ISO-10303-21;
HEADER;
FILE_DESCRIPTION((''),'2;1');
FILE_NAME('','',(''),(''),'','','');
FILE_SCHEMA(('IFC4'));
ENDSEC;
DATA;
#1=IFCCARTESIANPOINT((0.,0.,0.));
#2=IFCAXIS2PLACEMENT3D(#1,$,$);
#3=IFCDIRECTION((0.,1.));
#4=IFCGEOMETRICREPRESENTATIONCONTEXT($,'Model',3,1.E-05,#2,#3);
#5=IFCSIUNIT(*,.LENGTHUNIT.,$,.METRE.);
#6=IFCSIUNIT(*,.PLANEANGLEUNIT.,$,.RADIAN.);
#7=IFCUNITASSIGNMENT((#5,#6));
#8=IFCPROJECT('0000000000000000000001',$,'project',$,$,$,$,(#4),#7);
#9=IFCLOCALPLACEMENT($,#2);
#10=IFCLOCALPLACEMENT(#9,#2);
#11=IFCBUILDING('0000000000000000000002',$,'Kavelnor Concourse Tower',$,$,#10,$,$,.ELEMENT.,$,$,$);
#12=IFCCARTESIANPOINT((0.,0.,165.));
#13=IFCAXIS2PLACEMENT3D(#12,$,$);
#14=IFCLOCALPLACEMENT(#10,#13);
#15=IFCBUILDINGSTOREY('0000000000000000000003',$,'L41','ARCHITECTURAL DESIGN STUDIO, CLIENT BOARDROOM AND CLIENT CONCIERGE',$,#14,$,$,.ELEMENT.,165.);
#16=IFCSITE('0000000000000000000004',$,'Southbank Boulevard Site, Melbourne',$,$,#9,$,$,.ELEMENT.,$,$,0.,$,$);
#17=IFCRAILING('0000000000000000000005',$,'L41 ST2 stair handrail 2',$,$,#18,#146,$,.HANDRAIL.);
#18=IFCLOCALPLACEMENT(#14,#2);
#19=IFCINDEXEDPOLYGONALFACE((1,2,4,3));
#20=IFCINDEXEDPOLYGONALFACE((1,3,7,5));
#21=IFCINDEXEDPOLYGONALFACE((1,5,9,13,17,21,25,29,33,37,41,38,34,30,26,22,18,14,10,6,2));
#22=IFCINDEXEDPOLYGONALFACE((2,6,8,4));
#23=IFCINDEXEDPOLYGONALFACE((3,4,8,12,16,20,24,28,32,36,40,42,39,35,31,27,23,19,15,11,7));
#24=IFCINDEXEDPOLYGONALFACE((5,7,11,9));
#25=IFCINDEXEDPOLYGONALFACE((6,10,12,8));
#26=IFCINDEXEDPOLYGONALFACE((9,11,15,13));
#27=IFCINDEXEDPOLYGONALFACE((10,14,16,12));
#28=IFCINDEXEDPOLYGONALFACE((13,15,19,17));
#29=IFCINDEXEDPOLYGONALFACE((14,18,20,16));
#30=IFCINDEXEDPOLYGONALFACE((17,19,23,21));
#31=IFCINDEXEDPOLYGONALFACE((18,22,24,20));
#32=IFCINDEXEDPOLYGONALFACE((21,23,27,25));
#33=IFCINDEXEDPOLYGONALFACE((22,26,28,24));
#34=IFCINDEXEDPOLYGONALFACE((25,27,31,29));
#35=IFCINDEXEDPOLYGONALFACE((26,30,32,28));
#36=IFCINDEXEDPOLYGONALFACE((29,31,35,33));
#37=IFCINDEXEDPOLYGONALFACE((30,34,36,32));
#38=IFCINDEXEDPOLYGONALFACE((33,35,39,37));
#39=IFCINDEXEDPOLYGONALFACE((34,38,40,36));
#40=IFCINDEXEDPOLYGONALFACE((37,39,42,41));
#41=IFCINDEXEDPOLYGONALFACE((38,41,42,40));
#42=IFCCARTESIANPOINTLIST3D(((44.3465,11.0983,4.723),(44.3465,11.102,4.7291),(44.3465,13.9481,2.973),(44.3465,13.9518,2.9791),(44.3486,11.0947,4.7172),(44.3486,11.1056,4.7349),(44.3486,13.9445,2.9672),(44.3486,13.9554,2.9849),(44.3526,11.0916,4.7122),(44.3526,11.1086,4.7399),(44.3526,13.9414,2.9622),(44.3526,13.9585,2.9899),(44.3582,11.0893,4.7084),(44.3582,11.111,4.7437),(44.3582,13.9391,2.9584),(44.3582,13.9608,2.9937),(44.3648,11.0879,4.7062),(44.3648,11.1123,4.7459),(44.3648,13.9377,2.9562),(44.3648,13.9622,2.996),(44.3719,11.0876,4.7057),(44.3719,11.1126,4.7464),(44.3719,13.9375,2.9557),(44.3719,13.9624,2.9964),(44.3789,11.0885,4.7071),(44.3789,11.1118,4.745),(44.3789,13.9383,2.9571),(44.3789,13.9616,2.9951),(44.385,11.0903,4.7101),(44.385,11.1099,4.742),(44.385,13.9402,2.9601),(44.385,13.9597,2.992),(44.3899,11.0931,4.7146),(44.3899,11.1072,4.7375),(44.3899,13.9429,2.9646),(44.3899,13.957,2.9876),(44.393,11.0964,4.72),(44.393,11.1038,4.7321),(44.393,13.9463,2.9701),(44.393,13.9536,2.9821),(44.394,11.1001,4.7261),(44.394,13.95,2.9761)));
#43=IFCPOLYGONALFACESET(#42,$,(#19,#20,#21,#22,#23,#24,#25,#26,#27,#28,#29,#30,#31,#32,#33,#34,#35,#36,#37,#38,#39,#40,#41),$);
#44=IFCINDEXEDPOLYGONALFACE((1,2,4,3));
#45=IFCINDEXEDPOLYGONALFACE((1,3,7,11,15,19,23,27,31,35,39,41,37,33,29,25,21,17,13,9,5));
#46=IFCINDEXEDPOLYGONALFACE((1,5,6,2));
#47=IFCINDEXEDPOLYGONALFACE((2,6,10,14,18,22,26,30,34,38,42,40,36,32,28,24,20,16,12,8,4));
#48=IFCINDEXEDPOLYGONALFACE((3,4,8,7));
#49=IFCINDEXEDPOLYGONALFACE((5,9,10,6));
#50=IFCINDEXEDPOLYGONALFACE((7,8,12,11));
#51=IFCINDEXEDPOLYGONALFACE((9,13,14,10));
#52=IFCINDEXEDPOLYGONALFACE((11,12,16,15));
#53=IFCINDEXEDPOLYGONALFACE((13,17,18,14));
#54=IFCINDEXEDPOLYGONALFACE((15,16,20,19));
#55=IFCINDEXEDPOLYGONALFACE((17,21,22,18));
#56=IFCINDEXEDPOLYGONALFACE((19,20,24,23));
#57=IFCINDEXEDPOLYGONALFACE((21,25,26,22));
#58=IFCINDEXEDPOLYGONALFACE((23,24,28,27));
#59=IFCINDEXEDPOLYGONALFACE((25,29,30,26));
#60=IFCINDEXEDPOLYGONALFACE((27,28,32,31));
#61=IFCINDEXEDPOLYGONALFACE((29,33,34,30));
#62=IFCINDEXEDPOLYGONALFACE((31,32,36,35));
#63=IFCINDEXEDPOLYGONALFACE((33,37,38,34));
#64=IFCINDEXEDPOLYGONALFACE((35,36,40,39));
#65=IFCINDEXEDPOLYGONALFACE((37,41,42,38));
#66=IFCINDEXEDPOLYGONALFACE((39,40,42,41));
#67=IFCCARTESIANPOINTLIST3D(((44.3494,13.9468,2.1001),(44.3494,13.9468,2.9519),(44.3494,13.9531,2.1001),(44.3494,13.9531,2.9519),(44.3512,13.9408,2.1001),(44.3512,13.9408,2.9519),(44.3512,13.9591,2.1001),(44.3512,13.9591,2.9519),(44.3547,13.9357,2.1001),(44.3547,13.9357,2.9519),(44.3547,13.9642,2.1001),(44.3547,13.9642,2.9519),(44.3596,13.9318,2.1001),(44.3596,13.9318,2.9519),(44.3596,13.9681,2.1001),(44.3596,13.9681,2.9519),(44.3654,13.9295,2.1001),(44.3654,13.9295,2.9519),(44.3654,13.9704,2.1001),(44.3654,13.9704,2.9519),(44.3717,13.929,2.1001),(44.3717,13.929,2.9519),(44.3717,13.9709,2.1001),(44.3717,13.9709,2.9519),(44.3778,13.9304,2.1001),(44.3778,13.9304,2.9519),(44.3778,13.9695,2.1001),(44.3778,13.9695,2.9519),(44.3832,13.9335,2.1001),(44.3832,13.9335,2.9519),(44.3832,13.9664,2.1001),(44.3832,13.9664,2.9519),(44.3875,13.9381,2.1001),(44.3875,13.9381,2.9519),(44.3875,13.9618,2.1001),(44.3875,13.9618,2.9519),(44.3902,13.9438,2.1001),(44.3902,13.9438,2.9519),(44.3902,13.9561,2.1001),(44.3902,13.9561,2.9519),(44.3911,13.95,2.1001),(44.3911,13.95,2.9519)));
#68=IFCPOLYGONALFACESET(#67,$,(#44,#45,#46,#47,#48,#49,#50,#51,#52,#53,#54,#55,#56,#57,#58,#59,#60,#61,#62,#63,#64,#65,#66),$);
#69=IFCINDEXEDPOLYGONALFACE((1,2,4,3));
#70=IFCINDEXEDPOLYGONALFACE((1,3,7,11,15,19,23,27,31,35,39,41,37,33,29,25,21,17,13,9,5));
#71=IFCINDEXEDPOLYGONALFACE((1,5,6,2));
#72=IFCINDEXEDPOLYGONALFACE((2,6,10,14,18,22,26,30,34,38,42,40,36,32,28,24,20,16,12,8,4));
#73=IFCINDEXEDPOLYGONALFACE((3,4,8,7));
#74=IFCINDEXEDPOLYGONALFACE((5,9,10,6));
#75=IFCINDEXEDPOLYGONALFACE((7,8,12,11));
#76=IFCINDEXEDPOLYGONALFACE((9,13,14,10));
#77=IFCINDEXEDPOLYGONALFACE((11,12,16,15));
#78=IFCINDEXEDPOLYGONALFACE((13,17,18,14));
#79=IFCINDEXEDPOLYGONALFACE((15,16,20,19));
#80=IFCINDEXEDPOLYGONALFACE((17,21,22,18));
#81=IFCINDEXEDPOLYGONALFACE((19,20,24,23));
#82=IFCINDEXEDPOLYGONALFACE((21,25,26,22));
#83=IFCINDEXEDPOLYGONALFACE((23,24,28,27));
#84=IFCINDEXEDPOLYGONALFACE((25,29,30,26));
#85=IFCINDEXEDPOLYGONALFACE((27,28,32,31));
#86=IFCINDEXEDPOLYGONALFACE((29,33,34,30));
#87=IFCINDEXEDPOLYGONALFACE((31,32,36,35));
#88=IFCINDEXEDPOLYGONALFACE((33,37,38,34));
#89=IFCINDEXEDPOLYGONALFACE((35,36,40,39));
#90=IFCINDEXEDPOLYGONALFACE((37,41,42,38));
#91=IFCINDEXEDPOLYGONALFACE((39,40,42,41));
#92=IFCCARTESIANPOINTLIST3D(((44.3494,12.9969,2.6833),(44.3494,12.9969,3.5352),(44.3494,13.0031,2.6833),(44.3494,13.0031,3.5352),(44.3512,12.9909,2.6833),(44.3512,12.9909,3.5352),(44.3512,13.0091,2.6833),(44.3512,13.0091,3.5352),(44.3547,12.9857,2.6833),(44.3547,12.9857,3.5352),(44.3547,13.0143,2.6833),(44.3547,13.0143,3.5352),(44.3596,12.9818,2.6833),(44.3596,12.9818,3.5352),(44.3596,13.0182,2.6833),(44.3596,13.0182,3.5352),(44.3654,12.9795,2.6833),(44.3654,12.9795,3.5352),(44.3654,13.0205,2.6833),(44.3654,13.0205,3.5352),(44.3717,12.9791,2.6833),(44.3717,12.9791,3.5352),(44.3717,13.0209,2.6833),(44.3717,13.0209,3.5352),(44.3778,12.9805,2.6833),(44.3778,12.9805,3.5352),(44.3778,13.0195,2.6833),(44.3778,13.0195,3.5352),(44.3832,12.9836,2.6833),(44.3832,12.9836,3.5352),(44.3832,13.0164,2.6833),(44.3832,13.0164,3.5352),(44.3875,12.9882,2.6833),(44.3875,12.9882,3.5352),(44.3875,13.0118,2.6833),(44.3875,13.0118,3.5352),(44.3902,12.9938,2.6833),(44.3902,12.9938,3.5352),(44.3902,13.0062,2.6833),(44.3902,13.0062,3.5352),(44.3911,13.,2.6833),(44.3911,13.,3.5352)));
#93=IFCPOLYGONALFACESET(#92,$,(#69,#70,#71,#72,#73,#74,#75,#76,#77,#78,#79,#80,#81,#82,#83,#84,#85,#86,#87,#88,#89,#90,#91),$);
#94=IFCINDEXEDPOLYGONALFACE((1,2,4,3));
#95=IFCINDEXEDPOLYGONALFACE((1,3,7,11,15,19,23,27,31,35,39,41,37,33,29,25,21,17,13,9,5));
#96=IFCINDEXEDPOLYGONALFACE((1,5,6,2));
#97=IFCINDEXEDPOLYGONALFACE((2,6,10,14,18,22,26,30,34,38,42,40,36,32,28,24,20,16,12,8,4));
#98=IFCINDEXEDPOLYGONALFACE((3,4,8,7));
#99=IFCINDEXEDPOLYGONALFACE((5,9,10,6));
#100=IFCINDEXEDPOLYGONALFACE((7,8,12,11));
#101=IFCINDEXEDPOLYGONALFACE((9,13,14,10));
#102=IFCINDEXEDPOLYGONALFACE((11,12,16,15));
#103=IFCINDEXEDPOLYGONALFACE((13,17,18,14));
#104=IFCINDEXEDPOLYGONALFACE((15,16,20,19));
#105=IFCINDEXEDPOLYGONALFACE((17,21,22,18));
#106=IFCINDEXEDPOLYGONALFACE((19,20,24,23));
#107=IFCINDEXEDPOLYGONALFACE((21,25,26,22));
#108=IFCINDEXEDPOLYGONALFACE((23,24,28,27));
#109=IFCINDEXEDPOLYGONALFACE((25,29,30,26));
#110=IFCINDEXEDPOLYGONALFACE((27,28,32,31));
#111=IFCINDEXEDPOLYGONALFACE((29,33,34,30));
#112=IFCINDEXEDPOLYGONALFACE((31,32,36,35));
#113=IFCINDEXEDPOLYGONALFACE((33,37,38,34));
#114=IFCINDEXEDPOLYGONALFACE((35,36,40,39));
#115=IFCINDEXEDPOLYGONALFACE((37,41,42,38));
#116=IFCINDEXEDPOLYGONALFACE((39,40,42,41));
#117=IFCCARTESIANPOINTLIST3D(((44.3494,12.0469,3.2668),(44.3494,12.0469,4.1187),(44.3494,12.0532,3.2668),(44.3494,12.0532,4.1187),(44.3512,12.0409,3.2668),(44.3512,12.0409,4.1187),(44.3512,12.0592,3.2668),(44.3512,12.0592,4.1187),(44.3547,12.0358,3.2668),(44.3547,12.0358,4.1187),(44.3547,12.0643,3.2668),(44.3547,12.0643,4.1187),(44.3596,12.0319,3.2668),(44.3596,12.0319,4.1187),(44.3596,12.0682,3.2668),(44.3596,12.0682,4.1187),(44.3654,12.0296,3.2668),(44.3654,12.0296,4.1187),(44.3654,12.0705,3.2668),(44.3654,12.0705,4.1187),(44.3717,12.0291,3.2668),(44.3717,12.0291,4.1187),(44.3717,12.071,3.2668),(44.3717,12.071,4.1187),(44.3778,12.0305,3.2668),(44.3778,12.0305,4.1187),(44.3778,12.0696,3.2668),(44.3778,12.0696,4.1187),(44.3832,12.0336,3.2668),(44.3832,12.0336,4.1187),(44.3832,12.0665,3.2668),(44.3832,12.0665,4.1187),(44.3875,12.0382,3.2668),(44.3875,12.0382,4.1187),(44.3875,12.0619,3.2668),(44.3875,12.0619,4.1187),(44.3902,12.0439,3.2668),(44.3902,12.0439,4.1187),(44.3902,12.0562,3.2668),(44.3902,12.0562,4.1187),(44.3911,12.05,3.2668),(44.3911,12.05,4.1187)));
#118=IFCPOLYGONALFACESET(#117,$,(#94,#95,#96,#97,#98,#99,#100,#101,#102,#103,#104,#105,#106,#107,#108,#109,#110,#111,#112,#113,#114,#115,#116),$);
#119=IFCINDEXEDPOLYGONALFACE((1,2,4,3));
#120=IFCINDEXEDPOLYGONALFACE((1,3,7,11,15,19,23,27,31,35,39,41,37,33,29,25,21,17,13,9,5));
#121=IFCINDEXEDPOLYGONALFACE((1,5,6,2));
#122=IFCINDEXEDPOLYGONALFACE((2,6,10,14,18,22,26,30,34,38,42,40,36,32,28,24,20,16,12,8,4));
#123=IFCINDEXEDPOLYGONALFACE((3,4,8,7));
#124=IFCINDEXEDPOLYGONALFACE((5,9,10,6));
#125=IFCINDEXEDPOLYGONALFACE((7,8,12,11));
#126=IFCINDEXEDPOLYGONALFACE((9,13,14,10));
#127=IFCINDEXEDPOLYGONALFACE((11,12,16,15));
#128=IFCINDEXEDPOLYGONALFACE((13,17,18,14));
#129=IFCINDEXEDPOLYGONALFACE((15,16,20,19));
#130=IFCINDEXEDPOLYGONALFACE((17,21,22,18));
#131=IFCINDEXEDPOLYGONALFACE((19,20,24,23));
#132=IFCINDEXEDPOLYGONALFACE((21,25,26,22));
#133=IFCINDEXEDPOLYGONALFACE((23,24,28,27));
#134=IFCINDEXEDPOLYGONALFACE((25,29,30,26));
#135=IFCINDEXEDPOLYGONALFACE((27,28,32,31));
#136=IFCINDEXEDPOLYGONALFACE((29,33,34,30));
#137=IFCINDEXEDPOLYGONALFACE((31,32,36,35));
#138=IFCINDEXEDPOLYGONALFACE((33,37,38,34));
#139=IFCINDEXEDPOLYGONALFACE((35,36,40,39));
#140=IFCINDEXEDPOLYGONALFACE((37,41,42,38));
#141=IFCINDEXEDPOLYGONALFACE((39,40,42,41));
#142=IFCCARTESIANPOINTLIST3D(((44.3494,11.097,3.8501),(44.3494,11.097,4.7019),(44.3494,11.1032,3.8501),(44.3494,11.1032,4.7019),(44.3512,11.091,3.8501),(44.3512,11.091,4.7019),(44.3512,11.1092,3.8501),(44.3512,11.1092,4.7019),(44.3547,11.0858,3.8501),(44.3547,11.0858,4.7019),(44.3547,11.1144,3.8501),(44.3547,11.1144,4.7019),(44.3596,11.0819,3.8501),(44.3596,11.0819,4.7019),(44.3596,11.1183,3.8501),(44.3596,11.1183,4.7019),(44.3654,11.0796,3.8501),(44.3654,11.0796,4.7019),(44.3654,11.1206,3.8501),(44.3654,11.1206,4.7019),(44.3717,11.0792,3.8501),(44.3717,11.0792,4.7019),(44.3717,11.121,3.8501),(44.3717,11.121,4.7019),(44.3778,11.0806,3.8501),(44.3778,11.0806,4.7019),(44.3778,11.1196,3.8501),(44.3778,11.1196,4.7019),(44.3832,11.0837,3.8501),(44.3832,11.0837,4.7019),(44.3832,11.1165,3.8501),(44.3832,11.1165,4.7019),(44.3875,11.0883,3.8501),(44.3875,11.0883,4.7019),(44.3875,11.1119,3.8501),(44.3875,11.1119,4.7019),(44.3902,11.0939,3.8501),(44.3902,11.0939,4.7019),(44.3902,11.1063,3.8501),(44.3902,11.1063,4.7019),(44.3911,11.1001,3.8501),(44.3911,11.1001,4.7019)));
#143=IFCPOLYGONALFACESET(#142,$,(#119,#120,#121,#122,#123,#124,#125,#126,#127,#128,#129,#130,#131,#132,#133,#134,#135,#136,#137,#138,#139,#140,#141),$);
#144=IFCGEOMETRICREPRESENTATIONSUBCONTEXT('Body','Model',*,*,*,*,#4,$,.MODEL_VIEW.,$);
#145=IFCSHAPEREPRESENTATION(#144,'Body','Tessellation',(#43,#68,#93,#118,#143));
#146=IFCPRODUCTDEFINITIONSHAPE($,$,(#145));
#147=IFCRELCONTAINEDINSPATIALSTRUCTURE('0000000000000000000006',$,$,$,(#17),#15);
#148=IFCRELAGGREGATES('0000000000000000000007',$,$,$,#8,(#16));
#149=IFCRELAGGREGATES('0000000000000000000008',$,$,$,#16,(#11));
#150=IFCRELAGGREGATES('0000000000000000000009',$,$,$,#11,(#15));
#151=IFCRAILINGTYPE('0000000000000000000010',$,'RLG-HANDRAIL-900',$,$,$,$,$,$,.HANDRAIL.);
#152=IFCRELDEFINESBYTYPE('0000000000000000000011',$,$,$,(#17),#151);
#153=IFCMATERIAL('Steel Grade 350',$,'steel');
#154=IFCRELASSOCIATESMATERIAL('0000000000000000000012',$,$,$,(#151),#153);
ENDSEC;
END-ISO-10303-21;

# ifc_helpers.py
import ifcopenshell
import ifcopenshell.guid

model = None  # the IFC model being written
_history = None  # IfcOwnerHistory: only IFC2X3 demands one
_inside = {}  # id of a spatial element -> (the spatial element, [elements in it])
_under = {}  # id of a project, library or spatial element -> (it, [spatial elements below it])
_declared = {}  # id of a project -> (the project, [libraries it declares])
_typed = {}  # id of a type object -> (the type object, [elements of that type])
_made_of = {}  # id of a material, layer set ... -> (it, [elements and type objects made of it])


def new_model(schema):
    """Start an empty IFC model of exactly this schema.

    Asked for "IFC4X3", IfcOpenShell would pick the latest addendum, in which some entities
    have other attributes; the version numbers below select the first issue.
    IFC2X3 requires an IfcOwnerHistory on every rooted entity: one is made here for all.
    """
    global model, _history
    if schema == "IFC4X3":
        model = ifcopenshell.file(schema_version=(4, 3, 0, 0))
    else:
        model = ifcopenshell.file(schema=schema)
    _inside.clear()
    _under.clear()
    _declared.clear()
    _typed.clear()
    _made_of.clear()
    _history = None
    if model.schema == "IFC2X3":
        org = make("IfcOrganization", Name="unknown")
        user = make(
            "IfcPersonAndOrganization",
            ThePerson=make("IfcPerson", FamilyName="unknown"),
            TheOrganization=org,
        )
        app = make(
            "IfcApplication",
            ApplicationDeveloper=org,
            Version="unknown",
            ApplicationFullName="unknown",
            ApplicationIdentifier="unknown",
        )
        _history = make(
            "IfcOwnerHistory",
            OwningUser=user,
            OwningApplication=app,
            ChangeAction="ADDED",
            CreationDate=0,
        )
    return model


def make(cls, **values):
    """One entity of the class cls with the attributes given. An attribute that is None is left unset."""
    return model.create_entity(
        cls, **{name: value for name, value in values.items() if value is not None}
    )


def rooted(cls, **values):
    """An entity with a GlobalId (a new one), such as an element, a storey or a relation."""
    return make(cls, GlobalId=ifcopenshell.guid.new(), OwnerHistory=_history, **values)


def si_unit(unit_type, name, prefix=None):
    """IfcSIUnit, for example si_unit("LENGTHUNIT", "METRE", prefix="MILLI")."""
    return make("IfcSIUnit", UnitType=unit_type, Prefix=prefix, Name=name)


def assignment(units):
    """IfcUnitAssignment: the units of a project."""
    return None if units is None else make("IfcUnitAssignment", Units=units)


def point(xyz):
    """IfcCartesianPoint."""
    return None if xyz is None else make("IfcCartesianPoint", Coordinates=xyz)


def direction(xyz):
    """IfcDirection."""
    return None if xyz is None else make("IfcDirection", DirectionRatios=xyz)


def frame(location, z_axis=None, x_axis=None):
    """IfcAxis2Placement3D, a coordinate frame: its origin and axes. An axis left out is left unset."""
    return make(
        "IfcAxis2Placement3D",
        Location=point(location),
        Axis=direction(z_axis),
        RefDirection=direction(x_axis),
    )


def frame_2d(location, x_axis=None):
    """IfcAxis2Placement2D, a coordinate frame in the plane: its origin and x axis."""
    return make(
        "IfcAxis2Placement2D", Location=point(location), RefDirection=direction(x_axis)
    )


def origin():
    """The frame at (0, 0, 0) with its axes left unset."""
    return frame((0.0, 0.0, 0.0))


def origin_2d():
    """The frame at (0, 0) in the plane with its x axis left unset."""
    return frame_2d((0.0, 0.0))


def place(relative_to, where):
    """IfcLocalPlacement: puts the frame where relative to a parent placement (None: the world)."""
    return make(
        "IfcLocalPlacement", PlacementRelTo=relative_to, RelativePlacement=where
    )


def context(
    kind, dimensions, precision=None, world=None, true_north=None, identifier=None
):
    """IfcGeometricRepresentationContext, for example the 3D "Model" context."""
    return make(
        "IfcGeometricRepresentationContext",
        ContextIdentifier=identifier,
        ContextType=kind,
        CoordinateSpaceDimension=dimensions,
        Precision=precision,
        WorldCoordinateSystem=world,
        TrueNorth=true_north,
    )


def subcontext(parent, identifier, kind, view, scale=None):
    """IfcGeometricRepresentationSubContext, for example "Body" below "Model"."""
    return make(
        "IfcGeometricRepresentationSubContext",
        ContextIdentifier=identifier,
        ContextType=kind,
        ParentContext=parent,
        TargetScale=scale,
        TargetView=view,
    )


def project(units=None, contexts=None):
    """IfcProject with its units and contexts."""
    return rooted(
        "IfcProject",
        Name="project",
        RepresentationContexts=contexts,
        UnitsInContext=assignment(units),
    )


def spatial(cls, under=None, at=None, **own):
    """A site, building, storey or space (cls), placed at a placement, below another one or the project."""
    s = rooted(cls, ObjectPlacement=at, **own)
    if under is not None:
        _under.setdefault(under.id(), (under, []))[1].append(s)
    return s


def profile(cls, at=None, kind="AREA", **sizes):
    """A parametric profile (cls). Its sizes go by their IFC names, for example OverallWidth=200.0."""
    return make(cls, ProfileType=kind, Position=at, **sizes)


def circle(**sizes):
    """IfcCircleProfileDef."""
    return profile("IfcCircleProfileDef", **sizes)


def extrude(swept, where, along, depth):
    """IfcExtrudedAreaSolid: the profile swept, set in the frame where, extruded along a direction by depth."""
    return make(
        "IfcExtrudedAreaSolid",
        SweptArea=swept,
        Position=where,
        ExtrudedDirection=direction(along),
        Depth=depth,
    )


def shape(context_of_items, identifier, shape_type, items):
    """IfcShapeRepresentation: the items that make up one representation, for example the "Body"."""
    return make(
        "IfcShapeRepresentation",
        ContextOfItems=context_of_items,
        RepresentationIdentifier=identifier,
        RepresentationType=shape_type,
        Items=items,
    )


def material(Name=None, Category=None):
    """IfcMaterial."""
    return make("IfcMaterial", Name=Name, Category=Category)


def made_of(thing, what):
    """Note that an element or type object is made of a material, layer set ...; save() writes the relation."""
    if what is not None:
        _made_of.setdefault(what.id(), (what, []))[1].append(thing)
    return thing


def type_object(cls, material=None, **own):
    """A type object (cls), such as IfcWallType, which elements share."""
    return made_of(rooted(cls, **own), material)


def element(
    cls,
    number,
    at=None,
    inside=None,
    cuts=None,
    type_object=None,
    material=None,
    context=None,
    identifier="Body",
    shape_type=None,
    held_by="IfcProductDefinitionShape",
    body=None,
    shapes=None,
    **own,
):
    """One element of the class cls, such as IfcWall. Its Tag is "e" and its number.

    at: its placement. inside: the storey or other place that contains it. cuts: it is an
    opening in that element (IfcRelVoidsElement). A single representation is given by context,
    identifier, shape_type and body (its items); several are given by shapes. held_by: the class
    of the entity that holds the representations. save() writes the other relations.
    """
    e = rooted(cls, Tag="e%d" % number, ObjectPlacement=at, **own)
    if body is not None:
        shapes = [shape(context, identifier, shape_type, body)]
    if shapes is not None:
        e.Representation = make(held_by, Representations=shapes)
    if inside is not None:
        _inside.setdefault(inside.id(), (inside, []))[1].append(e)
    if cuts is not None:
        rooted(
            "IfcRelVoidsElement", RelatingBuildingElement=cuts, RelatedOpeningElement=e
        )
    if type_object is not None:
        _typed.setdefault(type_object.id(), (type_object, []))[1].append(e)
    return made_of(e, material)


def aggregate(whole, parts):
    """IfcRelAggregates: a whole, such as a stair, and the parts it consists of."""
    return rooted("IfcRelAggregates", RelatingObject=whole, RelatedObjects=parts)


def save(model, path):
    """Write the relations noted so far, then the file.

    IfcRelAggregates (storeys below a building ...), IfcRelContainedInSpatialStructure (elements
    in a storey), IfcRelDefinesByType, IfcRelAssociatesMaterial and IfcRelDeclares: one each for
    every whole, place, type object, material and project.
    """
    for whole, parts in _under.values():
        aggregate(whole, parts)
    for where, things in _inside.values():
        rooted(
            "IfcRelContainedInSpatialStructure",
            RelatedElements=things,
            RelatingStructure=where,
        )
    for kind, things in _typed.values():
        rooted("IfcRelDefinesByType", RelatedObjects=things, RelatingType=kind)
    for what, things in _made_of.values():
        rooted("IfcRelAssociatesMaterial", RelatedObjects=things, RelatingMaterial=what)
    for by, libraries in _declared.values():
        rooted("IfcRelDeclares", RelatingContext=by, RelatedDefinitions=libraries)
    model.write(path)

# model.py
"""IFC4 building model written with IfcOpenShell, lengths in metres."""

from ifc_helpers import new_model, si_unit, direction, frame, origin, origin_2d, place, context, subcontext, project, spatial, circle, extrude, material, type_object, element, save


model = new_model("IFC4")

# Units and contexts
model_context = context("Model", 3, precision=1e-05, world=origin(), true_north=direction((0.0, 1.0)))
body_context = subcontext(model_context, "Body", "Model", "MODEL_VIEW")
ifc_project = project(units=[si_unit("LENGTHUNIT", "METRE"), si_unit("PLANEANGLEUNIT", "RADIAN")], contexts=[model_context])

# Site, building, storey
site_placement = place(None, origin())
site = spatial("IfcSite", under=ifc_project, at=site_placement, Name="Southbank Boulevard Site, Melbourne", CompositionType="ELEMENT", RefElevation=0.0)
building_placement = place(site_placement, origin())
building = spatial("IfcBuilding", under=site, at=building_placement, Name="Kavelnor Concourse Tower", CompositionType="ELEMENT")
storey_placement = place(building_placement, frame((0.0, 0.0, 165.0)))
storey = spatial("IfcBuildingStorey", under=building, at=storey_placement, Name="L41", Description="ARCHITECTURAL DESIGN STUDIO, CLIENT BOARDROOM AND CLIENT CONCIERGE", CompositionType="ELEMENT", Elevation=165.0)

# Shared definitions
ifc_material_1 = material(Name="Steel Grade 350", Category="steel")

# Railing
railing_type_1 = type_object("IfcRailingType", Name="RLG-HANDRAIL-900", PredefinedType="HANDRAIL", material=ifc_material_1)
railing_1_placement = place(storey_placement, frame((44.3701, 13.95, 2.1001)))
element("IfcRailing", 1, at=railing_1_placement, inside=storey, type_object=railing_type_1, Name="L41 ST2 stair handrail 2", PredefinedType="HANDRAIL", context=body_context, shape_type="SweptSolid", body=[
    extrude(circle(Radius=0.0239, at=origin_2d()), frame((0.0, 0.0, 0.876), z_axis=(0.0, -0.852159, 0.523283), x_axis=(1.0, 0.0, 0.0)), (0.0, 0.0, 1.0), 3.3442),
    extrude(circle(Radius=0.021, at=origin_2d()), origin(), (0.0, 0.0, 1.0), 0.8518),
    extrude(circle(Radius=0.021, at=origin_2d()), frame((0.0, -0.95, 0.5833)), (0.0, 0.0, 1.0), 0.8518),
    extrude(circle(Radius=0.021, at=origin_2d()), frame((0.0, -1.8999, 1.1667)), (0.0, 0.0, 1.0), 0.8518),
    extrude(circle(Radius=0.021, at=origin_2d()), frame((0.0, -2.8499, 1.75)), (0.0, 0.0, 1.0), 0.8518),
])

save(model, "model.ifc")
